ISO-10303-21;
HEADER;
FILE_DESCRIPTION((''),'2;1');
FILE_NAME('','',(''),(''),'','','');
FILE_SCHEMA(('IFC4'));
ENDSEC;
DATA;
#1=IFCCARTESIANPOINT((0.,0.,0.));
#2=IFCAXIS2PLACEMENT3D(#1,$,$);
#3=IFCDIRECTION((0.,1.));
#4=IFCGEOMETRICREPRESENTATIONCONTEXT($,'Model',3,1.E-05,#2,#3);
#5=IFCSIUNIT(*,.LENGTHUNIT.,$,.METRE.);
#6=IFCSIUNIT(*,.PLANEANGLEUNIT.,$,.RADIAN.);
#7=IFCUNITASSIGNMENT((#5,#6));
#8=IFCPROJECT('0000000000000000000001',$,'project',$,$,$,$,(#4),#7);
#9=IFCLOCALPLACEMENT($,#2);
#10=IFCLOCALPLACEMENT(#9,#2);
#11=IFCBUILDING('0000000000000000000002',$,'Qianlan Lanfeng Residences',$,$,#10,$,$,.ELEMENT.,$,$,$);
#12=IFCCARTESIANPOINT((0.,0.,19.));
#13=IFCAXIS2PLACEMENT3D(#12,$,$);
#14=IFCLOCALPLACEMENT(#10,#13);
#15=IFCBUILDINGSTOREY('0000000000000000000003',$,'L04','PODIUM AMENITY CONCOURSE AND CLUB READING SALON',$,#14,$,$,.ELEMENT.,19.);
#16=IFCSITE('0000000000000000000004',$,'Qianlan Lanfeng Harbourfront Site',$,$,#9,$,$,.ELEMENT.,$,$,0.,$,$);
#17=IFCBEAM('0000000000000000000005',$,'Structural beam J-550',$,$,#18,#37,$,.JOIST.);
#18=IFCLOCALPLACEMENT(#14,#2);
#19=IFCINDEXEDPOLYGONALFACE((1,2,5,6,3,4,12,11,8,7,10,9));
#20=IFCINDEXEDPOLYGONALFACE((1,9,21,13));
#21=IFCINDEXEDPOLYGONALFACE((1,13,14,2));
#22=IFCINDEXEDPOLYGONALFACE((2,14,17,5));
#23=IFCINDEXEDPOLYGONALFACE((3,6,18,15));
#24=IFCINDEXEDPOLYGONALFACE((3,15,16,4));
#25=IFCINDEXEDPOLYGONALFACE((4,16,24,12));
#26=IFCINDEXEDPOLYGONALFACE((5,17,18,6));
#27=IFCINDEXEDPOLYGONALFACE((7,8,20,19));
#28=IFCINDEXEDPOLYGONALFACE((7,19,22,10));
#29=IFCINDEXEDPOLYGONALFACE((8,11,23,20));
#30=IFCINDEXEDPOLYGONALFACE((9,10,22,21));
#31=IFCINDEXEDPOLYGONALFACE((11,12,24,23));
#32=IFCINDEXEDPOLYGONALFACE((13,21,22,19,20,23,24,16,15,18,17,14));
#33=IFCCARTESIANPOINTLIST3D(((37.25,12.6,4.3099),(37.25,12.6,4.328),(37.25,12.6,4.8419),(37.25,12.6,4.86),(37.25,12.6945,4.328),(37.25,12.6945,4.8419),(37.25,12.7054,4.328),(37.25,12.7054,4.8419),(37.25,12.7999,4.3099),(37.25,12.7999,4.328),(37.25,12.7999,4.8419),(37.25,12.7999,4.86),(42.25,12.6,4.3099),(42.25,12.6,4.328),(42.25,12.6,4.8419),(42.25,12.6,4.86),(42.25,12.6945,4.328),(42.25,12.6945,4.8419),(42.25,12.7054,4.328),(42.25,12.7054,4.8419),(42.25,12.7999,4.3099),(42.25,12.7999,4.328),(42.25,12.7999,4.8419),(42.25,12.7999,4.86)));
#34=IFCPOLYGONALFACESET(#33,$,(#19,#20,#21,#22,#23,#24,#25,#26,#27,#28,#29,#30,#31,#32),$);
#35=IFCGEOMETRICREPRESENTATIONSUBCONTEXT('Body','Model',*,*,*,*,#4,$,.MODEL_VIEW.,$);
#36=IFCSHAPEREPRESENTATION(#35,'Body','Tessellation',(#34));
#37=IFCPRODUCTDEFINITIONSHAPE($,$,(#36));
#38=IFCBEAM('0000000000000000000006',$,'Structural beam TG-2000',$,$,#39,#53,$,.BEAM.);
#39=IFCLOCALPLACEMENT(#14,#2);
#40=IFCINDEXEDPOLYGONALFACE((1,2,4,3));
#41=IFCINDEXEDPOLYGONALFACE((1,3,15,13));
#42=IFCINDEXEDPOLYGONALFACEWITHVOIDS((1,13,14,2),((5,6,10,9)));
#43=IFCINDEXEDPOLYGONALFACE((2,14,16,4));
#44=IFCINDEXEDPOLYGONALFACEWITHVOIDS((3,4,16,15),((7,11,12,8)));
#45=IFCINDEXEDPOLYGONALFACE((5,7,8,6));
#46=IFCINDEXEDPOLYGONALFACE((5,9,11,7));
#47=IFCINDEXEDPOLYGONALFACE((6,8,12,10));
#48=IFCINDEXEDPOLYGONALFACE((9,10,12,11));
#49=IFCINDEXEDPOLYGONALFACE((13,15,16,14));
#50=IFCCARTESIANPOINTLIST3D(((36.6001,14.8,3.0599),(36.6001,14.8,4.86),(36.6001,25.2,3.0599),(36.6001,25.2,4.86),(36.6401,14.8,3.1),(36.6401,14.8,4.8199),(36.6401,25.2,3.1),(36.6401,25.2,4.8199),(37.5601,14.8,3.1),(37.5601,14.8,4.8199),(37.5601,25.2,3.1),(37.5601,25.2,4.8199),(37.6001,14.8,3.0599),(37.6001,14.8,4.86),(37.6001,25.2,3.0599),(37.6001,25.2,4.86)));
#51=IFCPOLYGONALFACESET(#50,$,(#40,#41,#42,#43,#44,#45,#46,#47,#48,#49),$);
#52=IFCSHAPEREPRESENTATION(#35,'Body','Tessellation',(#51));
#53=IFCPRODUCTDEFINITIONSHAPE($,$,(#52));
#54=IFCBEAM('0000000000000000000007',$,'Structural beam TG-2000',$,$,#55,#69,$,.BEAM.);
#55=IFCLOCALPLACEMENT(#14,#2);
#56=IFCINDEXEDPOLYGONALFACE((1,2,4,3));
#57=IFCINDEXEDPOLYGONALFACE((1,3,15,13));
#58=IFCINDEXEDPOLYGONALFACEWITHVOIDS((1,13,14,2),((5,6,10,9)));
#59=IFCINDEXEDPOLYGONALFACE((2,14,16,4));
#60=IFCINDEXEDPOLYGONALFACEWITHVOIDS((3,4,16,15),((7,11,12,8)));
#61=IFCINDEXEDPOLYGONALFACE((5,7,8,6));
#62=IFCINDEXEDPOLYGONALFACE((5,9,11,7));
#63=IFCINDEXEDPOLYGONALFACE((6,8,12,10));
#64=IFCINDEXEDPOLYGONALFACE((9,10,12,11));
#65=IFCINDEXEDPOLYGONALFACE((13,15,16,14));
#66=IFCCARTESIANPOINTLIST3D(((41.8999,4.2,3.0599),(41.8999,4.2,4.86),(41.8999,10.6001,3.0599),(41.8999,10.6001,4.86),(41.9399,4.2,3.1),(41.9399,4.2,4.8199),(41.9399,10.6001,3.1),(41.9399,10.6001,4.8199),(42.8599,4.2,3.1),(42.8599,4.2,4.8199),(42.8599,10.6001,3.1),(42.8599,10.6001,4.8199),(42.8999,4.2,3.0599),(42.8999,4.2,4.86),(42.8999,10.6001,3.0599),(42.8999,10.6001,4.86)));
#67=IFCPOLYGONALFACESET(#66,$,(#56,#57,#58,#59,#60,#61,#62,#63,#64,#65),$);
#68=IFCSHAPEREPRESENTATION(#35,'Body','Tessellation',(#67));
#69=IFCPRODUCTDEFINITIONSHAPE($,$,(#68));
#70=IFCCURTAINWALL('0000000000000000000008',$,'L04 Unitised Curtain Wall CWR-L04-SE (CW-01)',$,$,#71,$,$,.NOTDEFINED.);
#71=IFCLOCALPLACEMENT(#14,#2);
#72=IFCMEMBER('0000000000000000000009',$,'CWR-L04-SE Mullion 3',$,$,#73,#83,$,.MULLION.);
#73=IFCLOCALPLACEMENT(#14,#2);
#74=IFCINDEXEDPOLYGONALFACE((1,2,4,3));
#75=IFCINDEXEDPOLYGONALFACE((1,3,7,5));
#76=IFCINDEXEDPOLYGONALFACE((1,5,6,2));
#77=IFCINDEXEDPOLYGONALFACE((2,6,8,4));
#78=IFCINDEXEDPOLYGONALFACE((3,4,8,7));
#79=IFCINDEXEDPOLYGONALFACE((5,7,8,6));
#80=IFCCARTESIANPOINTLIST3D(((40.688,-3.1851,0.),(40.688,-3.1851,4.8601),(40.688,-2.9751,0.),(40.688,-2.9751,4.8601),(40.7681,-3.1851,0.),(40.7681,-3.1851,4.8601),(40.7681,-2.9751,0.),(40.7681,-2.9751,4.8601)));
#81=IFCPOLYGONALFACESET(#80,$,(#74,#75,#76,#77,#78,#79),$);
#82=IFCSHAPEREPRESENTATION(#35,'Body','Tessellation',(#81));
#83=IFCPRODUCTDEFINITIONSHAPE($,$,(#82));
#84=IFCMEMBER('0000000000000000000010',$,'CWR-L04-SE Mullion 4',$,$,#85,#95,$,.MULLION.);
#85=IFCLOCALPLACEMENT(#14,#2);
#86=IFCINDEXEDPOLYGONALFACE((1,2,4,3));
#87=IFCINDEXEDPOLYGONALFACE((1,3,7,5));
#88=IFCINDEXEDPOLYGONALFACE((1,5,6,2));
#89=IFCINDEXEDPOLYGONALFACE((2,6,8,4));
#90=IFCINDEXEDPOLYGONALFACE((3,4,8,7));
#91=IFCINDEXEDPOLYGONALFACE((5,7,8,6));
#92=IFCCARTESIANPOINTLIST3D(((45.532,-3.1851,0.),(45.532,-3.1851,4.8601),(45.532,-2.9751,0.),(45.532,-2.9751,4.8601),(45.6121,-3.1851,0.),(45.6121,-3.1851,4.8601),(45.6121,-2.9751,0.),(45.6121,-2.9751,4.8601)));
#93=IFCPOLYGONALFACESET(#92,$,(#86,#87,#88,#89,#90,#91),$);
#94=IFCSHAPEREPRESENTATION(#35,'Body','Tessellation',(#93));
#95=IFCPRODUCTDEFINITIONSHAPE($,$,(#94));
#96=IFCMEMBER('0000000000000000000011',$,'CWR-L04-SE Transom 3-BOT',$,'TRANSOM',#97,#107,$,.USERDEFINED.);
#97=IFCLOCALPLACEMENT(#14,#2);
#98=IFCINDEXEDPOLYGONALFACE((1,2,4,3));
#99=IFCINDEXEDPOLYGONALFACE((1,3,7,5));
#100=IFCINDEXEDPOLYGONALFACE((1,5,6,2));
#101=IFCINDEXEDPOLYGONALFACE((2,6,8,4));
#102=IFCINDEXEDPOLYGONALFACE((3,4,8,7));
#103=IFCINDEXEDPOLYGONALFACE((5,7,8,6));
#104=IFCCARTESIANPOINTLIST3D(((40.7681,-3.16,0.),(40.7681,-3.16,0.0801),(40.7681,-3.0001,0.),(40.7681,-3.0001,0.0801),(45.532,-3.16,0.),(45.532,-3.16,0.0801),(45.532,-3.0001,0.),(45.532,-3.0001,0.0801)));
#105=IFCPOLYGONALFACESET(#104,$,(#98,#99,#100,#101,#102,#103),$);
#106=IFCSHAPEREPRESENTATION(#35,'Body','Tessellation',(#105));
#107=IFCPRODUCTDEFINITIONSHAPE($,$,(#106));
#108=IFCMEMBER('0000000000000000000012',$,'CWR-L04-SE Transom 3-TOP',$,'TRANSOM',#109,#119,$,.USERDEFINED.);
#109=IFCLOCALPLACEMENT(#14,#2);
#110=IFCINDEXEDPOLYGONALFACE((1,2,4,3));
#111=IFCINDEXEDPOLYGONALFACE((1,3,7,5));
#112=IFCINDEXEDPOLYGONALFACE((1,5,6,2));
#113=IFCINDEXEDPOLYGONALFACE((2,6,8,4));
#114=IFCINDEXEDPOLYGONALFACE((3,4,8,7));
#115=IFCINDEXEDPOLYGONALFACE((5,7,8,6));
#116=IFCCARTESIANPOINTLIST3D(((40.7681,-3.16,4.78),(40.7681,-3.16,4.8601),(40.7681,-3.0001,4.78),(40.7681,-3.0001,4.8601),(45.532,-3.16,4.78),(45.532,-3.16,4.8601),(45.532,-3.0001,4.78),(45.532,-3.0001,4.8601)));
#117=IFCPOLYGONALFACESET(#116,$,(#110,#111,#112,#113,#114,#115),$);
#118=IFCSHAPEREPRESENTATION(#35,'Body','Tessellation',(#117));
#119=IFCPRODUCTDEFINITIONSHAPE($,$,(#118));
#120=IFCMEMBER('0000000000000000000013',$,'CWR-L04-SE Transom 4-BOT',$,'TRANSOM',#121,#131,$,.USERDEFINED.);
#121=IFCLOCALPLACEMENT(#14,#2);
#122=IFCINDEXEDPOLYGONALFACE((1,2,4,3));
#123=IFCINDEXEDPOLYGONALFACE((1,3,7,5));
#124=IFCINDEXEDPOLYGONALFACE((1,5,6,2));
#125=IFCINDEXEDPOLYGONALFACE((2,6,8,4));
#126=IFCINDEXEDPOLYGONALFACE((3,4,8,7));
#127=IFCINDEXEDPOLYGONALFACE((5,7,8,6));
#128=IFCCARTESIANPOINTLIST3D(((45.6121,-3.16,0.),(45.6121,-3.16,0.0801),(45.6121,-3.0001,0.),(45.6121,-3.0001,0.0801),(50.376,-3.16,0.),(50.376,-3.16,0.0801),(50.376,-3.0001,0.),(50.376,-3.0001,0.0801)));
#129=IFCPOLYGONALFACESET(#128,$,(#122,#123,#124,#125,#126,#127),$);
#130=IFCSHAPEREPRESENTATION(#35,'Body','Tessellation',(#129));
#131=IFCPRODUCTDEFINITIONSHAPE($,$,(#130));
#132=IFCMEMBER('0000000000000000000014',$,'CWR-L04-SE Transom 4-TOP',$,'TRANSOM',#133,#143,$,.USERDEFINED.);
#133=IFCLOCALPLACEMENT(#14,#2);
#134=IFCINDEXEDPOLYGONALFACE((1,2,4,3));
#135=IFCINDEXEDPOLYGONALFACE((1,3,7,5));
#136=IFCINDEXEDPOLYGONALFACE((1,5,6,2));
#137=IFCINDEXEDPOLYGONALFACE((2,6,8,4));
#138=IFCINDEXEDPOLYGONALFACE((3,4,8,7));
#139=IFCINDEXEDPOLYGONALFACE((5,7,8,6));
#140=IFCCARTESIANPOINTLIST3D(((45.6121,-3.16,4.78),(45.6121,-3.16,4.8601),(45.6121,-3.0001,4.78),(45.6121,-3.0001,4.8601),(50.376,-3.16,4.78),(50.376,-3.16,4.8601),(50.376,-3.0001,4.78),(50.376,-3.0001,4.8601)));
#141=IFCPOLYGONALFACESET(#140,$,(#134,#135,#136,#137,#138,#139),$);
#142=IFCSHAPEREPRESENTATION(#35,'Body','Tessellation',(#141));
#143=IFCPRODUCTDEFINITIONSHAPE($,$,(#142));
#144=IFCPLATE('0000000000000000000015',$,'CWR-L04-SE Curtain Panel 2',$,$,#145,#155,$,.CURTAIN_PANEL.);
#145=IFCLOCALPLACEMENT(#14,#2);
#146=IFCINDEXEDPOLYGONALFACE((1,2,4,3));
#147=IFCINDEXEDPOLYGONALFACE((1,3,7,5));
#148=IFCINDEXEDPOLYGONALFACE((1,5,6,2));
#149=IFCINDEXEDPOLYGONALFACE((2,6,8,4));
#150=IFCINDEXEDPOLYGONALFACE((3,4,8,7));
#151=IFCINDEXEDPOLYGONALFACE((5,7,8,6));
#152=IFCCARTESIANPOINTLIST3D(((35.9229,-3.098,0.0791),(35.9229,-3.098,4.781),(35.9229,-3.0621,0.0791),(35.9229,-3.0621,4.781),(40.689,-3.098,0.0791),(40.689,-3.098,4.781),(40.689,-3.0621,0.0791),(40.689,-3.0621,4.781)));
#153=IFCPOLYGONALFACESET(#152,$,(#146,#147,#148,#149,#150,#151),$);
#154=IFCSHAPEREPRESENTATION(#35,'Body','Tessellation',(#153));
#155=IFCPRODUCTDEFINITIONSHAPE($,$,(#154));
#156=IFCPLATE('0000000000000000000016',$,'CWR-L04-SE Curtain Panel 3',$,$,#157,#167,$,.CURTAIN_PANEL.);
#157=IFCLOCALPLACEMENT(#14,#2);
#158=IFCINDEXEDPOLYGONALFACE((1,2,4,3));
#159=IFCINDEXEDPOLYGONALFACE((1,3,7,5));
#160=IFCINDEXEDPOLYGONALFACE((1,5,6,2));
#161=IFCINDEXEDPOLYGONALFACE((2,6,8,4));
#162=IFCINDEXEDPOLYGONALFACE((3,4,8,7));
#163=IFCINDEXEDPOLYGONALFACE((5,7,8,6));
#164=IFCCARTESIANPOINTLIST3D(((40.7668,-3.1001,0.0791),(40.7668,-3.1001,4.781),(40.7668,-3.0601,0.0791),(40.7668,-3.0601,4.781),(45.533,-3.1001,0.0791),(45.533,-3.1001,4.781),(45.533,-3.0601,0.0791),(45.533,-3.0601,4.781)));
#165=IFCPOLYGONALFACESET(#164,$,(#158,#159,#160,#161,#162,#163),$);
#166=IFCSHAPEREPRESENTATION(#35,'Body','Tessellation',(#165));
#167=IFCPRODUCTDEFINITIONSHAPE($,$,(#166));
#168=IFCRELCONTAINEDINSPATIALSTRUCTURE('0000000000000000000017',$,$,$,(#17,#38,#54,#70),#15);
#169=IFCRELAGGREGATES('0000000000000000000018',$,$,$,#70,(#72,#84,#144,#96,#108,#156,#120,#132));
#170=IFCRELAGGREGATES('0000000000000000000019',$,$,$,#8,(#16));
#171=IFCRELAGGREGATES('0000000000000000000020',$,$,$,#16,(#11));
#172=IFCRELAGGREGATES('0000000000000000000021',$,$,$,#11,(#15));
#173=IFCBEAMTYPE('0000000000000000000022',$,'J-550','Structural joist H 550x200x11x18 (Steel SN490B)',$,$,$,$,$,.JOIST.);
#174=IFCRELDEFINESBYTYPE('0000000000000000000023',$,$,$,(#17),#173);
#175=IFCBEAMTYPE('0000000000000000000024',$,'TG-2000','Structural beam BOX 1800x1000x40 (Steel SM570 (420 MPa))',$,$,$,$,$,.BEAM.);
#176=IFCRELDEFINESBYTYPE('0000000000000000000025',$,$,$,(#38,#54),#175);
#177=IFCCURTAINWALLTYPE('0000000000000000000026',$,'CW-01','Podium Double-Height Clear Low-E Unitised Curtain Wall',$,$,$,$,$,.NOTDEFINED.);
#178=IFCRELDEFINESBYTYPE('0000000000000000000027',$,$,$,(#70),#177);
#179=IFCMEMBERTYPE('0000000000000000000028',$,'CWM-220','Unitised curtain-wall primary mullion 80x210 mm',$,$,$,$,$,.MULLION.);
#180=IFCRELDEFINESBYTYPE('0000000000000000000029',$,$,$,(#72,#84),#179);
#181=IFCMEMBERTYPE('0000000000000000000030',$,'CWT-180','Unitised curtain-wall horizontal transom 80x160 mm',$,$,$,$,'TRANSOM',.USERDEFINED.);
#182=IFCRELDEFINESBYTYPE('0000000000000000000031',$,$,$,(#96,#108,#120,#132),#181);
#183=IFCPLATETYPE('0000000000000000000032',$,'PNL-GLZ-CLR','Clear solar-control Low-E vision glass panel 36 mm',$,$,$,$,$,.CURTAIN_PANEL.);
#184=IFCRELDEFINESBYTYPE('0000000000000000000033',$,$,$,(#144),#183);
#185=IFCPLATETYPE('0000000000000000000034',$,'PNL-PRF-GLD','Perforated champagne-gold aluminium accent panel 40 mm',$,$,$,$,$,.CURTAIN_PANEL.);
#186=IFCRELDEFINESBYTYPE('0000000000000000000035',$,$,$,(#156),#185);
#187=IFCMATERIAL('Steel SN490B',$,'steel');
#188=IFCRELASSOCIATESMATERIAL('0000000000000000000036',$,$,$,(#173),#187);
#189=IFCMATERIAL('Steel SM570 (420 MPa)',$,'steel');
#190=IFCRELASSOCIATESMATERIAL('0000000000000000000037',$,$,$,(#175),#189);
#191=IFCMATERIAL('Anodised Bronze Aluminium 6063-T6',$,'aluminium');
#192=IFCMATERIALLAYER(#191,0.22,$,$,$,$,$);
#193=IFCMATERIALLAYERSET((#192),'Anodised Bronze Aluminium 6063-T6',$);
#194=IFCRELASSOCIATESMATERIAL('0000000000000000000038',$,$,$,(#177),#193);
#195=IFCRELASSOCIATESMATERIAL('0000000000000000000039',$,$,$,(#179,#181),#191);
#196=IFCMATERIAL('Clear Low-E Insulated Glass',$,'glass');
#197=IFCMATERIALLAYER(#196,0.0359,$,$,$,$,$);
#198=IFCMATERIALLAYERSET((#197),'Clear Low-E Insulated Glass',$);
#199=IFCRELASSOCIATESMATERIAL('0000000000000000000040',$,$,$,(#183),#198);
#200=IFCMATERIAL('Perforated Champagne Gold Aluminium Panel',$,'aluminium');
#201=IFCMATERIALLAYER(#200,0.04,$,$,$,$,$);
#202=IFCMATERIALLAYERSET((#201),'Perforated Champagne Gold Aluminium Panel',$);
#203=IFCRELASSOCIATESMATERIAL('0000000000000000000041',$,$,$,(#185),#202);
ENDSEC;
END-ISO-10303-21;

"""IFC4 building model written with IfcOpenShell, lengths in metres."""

from ifc_helpers import new_model, si_unit, direction, frame, origin, origin_2d, place, context, subcontext, project, spatial, rectangle, hollow_rectangle, i_section, extrude, source, transform, mapped, material, layer, layer_set, material_profile, profile_set, type_object, element, aggregate, save


model = new_model("IFC4")

# Units and contexts
model_context = context("Model", 3, precision=1e-05, world=origin(), true_north=direction((0.0, 1.0)))
body_context = subcontext(model_context, "Body", "Model", "MODEL_VIEW")
ifc_project = project(units=[si_unit("LENGTHUNIT", "METRE"), si_unit("PLANEANGLEUNIT", "RADIAN")], contexts=[model_context])

# Site, building, storey
site_placement = place(None, origin())
site = spatial("IfcSite", under=ifc_project, at=site_placement, Name="Qianlan Lanfeng Harbourfront Site", CompositionType="ELEMENT", RefElevation=0.0)
building_placement = place(site_placement, origin())
building = spatial("IfcBuilding", under=site, at=building_placement, Name="Qianlan Lanfeng Residences", CompositionType="ELEMENT")
storey_placement = place(building_placement, frame((0.0, 0.0, 19.0)))
storey = spatial("IfcBuildingStorey", under=building, at=storey_placement, Name="L04", Description="PODIUM AMENITY CONCOURSE AND CLUB READING SALON", CompositionType="ELEMENT", Elevation=19.0)

# Shared definitions
ifc_material_1 = material(Name="Steel SM570 (420 MPa)", Category="steel")

# Beams
ifc_material_2 = material(Name="Steel SN490B", Category="steel")
ifc_material_profile_1 = material_profile(ifc_material_2, i_section(OverallWidth=0.2, OverallDepth=0.55, WebThickness=0.011, FlangeThickness=0.0181, at=origin_2d()), Name="H 550x200x11x18")
ifc_profile_set_1 = profile_set([ifc_material_profile_1], Name="Steel SN490B")
beam_type_1 = type_object("IfcBeamType", Name="J-550", Description="Structural joist H 550x200x11x18 (Steel SN490B)", PredefinedType="JOIST", material=ifc_profile_set_1)
beam_1_placement = place(storey_placement, frame((37.25, 12.7, 4.585), z_axis=(1.0, 0.0, 0.0), x_axis=(0.0, 1.0, 0.0)))
element("IfcBeam", 1, at=beam_1_placement, inside=storey, type_object=beam_type_1, Name="Structural beam J-550", PredefinedType="JOIST", context=body_context, shape_type="SweptSolid", body=[
    extrude(i_section(OverallWidth=0.2, OverallDepth=0.55, WebThickness=0.011, FlangeThickness=0.0181, at=origin_2d()), origin(), (0.0, 0.0, 1.0), 5.0),
])
ifc_material_profile_2 = material_profile(ifc_material_1, hollow_rectangle(XDim=1.0, YDim=1.8, WallThickness=0.04, at=origin_2d()), Name="BOX 1800x1000x40")
ifc_profile_set_2 = profile_set([ifc_material_profile_2], Name="Steel SM570 (420 MPa)")
beam_type_2 = type_object("IfcBeamType", Name="TG-2000", Description="Structural beam BOX 1800x1000x40 (Steel SM570 (420 MPa))", PredefinedType="BEAM", material=ifc_profile_set_2)
beam_2_placement = place(storey_placement, frame((37.1001, 14.8, 3.96), z_axis=(0.0, 1.0, 0.0), x_axis=(-1.0, 0.0, 0.0)))
element("IfcBeam", 2, at=beam_2_placement, inside=storey, type_object=beam_type_2, Name="Structural beam TG-2000", PredefinedType="BEAM", context=body_context, shape_type="SweptSolid", body=[
    extrude(hollow_rectangle(XDim=1.0, YDim=1.8, WallThickness=0.04, at=origin_2d()), origin(), (0.0, 0.0, 1.0), 10.3999),
])
beam_3_placement = place(storey_placement, frame((42.3999, 4.2, 3.96), z_axis=(0.0, 1.0, 0.0), x_axis=(-1.0, 0.0, 0.0)))
element("IfcBeam", 3, at=beam_3_placement, inside=storey, type_object=beam_type_2, Name="Structural beam TG-2000", PredefinedType="BEAM", context=body_context, shape_type="SweptSolid", body=[
    extrude(hollow_rectangle(XDim=1.0, YDim=1.8, WallThickness=0.04, at=origin_2d()), origin(), (0.0, 0.0, 1.0), 6.4001),
])

# Curtain wall, members, plates
ifc_material_3 = material(Name="Anodised Bronze Aluminium 6063-T6", Category="aluminium")
ifc_layer_1 = layer(ifc_material_3, 0.22)
ifc_layer_set_1 = layer_set([ifc_layer_1], Name="Anodised Bronze Aluminium 6063-T6")
curtain_wall_type = type_object("IfcCurtainWallType", Name="CW-01", Description="Podium Double-Height Clear Low-E Unitised Curtain Wall", PredefinedType="NOTDEFINED", material=ifc_layer_set_1)
curtain_wall_placement = place(storey_placement, origin())
curtain_wall = element("IfcCurtainWall", 4, at=curtain_wall_placement, inside=storey, type_object=curtain_wall_type, Name="L04 Unitised Curtain Wall CWR-L04-SE (CW-01)", PredefinedType="NOTDEFINED")
ifc_material_profile_3 = material_profile(ifc_material_3, rectangle(XDim=0.0801, YDim=0.21, at=origin_2d()), Name="ALU MULLION 80x210")
ifc_profile_set_3 = profile_set([ifc_material_profile_3], Name="Anodised Bronze Aluminium 6063-T6")
member_type_1 = type_object("IfcMemberType", Name="CWM-220", Description="Unitised curtain-wall primary mullion 80x210 mm", PredefinedType="MULLION", material=ifc_profile_set_3)
shared_shape_1 = source(origin(), body_context, "Body", "SweptSolid", [
    extrude(rectangle(XDim=0.0801, YDim=0.21, at=origin_2d()), origin(), (0.0, 0.0, 1.0), 4.8601),
])
member_1_placement = place(storey_placement, frame((40.728, -3.0801, 0.0), z_axis=(0.0, 0.0, 1.0), x_axis=(1.0, 0.0, 0.0)))
member_1 = element("IfcMember", 5, at=member_1_placement, type_object=member_type_1, Name="CWR-L04-SE Mullion 3", PredefinedType="MULLION", context=body_context, shape_type="MappedRepresentation", body=[
    mapped(shared_shape_1, transform((0.0, 0.0, 0.0), scale=1.0)),
])
member_2_placement = place(storey_placement, frame((45.572, -3.0801, 0.0), z_axis=(0.0, 0.0, 1.0), x_axis=(1.0, 0.0, 0.0)))
member_2 = element("IfcMember", 6, at=member_2_placement, type_object=member_type_1, Name="CWR-L04-SE Mullion 4", PredefinedType="MULLION", context=body_context, shape_type="MappedRepresentation", body=[
    mapped(shared_shape_1, transform((0.0, 0.0, 0.0), scale=1.0)),
])
ifc_material_profile_4 = material_profile(ifc_material_3, rectangle(XDim=0.0801, YDim=0.1599, at=origin_2d()), Name="ALU TRANSOM 80x160")
ifc_profile_set_4 = profile_set([ifc_material_profile_4], Name="Anodised Bronze Aluminium 6063-T6")
member_type_2 = type_object("IfcMemberType", Name="CWT-180", Description="Unitised curtain-wall horizontal transom 80x160 mm", ElementType="TRANSOM", PredefinedType="USERDEFINED", material=ifc_profile_set_4)
shared_shape_2 = source(origin(), body_context, "Body", "SweptSolid", [
    extrude(rectangle(XDim=0.0801, YDim=0.1599, at=origin_2d()), origin(), (0.0, 0.0, 1.0), 4.7639),
])
member_3_placement = place(storey_placement, frame((40.7681, -3.0801, 0.04), z_axis=(1.0, 0.0, 0.0), x_axis=(0.0, 0.0, 1.0)))
member_3 = element("IfcMember", 7, at=member_3_placement, type_object=member_type_2, Name="CWR-L04-SE Transom 3-BOT", ObjectType="TRANSOM", PredefinedType="USERDEFINED", context=body_context, shape_type="MappedRepresentation", body=[
    mapped(shared_shape_2, transform((0.0, 0.0, 0.0), scale=1.0)),
])
member_4_placement = place(storey_placement, frame((40.7681, -3.0801, 4.8201), z_axis=(1.0, 0.0, 0.0), x_axis=(0.0, 0.0, 1.0)))
member_4 = element("IfcMember", 8, at=member_4_placement, type_object=member_type_2, Name="CWR-L04-SE Transom 3-TOP", ObjectType="TRANSOM", PredefinedType="USERDEFINED", context=body_context, shape_type="MappedRepresentation", body=[
    mapped(shared_shape_2, transform((0.0, 0.0, 0.0), scale=1.0)),
])
member_5_placement = place(storey_placement, frame((45.6121, -3.0801, 0.04), z_axis=(1.0, 0.0, 0.0), x_axis=(0.0, 0.0, 1.0)))
member_5 = element("IfcMember", 9, at=member_5_placement, type_object=member_type_2, Name="CWR-L04-SE Transom 4-BOT", ObjectType="TRANSOM", PredefinedType="USERDEFINED", context=body_context, shape_type="MappedRepresentation", body=[
    mapped(shared_shape_2, transform((0.0, 0.0, 0.0), scale=1.0)),
])
member_6_placement = place(storey_placement, frame((45.6121, -3.0801, 4.8201), z_axis=(1.0, 0.0, 0.0), x_axis=(0.0, 0.0, 1.0)))
member_6 = element("IfcMember", 10, at=member_6_placement, type_object=member_type_2, Name="CWR-L04-SE Transom 4-TOP", ObjectType="TRANSOM", PredefinedType="USERDEFINED", context=body_context, shape_type="MappedRepresentation", body=[
    mapped(shared_shape_2, transform((0.0, 0.0, 0.0), scale=1.0)),
])
ifc_material_4 = material(Name="Clear Low-E Insulated Glass", Category="glass")
ifc_layer_2 = layer(ifc_material_4, 0.0359)
ifc_layer_set_2 = layer_set([ifc_layer_2], Name="Clear Low-E Insulated Glass")
plate_type_1 = type_object("IfcPlateType", Name="PNL-GLZ-CLR", Description="Clear solar-control Low-E vision glass panel 36 mm", PredefinedType="CURTAIN_PANEL", material=ifc_layer_set_2)
shared_shape_3 = source(origin(), body_context, "Body", "SweptSolid", [
    extrude(rectangle(XDim=4.7661, YDim=0.0359, at=origin_2d()), origin(), (0.0, 0.0, 1.0), 4.7019),
])
plate_1_placement = place(storey_placement, frame((38.3059, -3.0801, 0.0791), z_axis=(0.0, 0.0, 1.0), x_axis=(1.0, 0.0, 0.0)))
plate_1 = element("IfcPlate", 11, at=plate_1_placement, type_object=plate_type_1, Name="CWR-L04-SE Curtain Panel 2", PredefinedType="CURTAIN_PANEL", context=body_context, shape_type="MappedRepresentation", body=[
    mapped(shared_shape_3, transform((0.0, 0.0, 0.0), scale=1.0)),
])
ifc_material_5 = material(Name="Perforated Champagne Gold Aluminium Panel", Category="aluminium")
ifc_layer_3 = layer(ifc_material_5, 0.04)
ifc_layer_set_3 = layer_set([ifc_layer_3], Name="Perforated Champagne Gold Aluminium Panel")
plate_type_2 = type_object("IfcPlateType", Name="PNL-PRF-GLD", Description="Perforated champagne-gold aluminium accent panel 40 mm", PredefinedType="CURTAIN_PANEL", material=ifc_layer_set_3)
shared_shape_4 = source(origin(), body_context, "Body", "SweptSolid", [
    extrude(rectangle(XDim=4.7661, YDim=0.04, at=origin_2d()), origin(), (0.0, 0.0, 1.0), 4.7019),
])
plate_2_placement = place(storey_placement, frame((43.1499, -3.0801, 0.0791), z_axis=(0.0, 0.0, 1.0), x_axis=(1.0, 0.0, 0.0)))
plate_2 = element("IfcPlate", 12, at=plate_2_placement, type_object=plate_type_2, Name="CWR-L04-SE Curtain Panel 3", PredefinedType="CURTAIN_PANEL", context=body_context, shape_type="MappedRepresentation", body=[
    mapped(shared_shape_4, transform((0.0, 0.0, 0.0), scale=1.0)),
])
aggregate(curtain_wall, [member_1, member_2, plate_1, member_3, member_4, plate_2, member_5, member_6])

save(model, "model.ifc")
